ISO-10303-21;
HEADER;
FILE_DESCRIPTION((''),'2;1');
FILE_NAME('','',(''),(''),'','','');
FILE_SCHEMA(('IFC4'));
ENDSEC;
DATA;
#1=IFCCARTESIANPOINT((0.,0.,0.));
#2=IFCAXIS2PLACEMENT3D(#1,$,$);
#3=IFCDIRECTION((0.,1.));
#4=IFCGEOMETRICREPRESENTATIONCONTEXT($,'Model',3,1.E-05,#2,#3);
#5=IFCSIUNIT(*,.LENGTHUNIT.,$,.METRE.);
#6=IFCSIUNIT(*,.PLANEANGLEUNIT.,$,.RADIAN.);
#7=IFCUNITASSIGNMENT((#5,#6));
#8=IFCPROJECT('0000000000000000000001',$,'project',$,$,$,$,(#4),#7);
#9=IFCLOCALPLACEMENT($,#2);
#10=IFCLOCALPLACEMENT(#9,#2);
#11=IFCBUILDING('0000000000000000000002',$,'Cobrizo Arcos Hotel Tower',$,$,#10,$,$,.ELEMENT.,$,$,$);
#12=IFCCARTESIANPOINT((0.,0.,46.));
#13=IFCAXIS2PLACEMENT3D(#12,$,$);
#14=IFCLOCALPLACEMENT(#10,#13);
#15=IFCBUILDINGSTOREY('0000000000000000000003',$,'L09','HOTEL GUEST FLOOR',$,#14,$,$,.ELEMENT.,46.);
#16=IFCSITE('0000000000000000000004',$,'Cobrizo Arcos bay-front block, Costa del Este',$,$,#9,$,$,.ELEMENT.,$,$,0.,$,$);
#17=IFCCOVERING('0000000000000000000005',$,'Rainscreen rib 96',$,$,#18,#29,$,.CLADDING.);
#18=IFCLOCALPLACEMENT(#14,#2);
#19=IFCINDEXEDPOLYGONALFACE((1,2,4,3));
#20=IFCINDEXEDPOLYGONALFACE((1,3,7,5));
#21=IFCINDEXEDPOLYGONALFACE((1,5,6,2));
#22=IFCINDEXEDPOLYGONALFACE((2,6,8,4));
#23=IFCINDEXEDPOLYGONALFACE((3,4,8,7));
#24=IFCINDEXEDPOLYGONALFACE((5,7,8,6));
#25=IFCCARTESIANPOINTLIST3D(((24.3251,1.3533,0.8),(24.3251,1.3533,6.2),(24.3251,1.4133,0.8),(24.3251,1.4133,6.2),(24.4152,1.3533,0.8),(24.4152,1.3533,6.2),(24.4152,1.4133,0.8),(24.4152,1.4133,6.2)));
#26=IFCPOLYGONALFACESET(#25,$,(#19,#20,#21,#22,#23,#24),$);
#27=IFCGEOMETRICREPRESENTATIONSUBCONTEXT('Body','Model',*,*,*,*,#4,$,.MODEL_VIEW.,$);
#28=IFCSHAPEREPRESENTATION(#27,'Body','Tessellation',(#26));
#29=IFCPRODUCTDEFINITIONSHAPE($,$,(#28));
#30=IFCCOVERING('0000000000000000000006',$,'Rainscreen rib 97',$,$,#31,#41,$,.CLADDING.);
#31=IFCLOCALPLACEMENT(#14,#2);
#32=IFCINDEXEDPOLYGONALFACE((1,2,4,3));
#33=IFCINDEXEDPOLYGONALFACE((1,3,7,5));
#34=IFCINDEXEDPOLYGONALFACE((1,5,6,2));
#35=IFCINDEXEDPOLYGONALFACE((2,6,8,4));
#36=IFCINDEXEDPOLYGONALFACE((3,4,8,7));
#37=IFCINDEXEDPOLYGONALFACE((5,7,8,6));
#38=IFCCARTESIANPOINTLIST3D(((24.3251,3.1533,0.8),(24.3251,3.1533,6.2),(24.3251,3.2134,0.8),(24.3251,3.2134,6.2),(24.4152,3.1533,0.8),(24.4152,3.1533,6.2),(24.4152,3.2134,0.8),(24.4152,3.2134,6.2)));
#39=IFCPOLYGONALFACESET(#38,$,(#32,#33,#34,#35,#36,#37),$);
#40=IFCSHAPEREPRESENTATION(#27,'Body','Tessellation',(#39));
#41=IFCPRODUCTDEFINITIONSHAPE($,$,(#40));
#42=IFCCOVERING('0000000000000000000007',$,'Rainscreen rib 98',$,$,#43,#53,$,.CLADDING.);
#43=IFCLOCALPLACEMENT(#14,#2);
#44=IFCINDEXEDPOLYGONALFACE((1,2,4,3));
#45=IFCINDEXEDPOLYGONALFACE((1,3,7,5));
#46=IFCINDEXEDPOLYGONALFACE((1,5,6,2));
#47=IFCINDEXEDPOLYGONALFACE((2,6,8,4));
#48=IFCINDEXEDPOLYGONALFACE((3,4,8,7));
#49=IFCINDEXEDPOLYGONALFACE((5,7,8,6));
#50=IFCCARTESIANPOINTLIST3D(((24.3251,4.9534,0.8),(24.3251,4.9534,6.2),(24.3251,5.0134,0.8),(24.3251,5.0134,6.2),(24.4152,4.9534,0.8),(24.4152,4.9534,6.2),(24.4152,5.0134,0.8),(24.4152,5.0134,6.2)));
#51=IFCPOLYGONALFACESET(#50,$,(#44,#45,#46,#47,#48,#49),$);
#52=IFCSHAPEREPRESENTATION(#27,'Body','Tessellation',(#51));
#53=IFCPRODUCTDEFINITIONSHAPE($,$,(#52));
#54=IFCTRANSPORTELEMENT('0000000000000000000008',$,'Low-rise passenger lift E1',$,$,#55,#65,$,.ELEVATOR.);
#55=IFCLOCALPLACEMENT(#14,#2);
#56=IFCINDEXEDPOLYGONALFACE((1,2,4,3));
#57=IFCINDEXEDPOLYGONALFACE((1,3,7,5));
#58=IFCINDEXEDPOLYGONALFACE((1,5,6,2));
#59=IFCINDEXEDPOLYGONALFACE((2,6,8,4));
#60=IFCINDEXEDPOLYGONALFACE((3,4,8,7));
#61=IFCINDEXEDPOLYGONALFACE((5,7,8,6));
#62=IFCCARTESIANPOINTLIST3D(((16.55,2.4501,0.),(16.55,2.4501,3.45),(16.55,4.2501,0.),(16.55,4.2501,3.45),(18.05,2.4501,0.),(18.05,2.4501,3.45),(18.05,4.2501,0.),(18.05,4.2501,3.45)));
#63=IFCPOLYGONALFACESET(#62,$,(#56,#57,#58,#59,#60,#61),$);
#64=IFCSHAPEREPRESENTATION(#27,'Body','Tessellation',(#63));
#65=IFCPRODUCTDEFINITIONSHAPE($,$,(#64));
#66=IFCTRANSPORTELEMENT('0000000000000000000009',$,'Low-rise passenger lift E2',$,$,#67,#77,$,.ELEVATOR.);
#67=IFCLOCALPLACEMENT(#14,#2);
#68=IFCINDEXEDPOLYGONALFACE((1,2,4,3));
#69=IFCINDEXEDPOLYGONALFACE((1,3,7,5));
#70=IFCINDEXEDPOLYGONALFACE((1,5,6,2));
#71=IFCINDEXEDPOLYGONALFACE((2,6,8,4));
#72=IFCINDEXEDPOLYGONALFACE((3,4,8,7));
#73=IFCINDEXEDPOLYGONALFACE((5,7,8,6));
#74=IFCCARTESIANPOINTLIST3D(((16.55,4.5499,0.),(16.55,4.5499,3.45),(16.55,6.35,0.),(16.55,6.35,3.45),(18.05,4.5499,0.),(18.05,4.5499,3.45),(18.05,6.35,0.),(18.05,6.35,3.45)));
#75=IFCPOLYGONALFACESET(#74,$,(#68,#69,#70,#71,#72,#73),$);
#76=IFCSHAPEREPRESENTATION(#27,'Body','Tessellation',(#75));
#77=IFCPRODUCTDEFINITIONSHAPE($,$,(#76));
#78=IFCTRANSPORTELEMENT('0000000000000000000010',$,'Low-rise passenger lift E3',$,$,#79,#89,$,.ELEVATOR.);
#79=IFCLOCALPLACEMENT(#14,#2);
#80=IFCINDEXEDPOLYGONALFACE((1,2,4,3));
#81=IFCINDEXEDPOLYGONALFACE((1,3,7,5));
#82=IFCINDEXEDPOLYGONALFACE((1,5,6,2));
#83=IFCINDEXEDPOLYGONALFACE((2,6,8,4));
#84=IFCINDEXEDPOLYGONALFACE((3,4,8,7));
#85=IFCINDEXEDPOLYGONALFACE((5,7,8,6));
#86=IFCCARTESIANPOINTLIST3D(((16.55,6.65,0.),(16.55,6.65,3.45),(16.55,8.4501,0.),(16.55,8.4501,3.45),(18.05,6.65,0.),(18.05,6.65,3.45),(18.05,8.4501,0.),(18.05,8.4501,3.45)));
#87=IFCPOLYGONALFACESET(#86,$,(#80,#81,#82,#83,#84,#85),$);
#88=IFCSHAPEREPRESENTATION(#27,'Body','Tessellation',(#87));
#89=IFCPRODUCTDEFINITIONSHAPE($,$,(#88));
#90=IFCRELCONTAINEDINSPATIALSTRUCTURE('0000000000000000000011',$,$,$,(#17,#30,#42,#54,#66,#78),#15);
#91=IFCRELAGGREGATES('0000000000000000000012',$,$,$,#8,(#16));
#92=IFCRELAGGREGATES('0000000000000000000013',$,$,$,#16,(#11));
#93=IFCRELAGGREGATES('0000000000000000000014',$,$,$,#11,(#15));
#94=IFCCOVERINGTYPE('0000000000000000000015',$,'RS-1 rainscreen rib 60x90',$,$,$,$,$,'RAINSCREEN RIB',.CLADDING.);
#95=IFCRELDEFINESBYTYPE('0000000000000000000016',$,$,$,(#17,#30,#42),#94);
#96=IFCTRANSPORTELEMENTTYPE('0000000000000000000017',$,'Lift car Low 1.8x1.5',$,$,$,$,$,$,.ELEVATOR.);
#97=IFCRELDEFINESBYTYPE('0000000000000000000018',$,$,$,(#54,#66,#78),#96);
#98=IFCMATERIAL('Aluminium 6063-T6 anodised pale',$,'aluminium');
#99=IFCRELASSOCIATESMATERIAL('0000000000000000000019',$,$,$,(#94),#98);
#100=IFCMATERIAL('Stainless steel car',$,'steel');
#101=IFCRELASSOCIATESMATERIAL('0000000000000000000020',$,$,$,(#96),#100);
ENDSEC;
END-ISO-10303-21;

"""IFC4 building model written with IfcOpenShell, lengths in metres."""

from ifc_helpers import new_model, si_unit, direction, frame, origin, origin_2d, place, context, subcontext, project, spatial, rectangle, extrude, material, type_object, element, save


model = new_model("IFC4")

# Units and contexts
model_context = context("Model", 3, precision=1e-05, world=origin(), true_north=direction((0.0, 1.0)))
body_context = subcontext(model_context, "Body", "Model", "MODEL_VIEW")
ifc_project = project(units=[si_unit("LENGTHUNIT", "METRE"), si_unit("PLANEANGLEUNIT", "RADIAN")], contexts=[model_context])

# Site, building, storey
site_placement = place(None, origin())
site = spatial("IfcSite", under=ifc_project, at=site_placement, Name="Cobrizo Arcos bay-front block, Costa del Este", CompositionType="ELEMENT", RefElevation=0.0)
building_placement = place(site_placement, origin())
building = spatial("IfcBuilding", under=site, at=building_placement, Name="Cobrizo Arcos Hotel Tower", CompositionType="ELEMENT")
storey_placement = place(building_placement, frame((0.0, 0.0, 46.0)))
storey = spatial("IfcBuildingStorey", under=building, at=storey_placement, Name="L09", Description="HOTEL GUEST FLOOR", CompositionType="ELEMENT", Elevation=46.0)

# Coverings
ifc_material_1 = material(Name="Aluminium 6063-T6 anodised pale", Category="aluminium")
covering_type_1 = type_object("IfcCoveringType", Name="RS-1 rainscreen rib 60x90", ElementType="RAINSCREEN RIB", PredefinedType="CLADDING", material=ifc_material_1)
for number, where, z_axis, x_axis, name in (
    (1, (24.3701, 1.3833, 0.8), (0.0, 0.0, 1.0), (0.0, 1.0, 0.0), "Rainscreen rib 96"),
    (2, (24.3701, 3.1833, 0.8), (0.0, 0.0, 1.0), (0.0, 1.0, 0.0), "Rainscreen rib 97"),
    (3, (24.3701, 4.9834, 0.8), (0.0, 0.0, 1.0), (0.0, 1.0, 0.0), "Rainscreen rib 98"),
):
    element("IfcCovering", number, at=place(storey_placement, frame(where, z_axis=z_axis, x_axis=x_axis)), inside=storey, type_object=covering_type_1, Name=name, PredefinedType="CLADDING", context=body_context, shape_type="SweptSolid", body=[
        extrude(rectangle(XDim=0.0601, YDim=0.0901, at=origin_2d()), origin(), (0.0, 0.0, 1.0), 5.3999),
    ])

# Transport elements
ifc_material_2 = material(Name="Stainless steel car", Category="steel")
transport_element_type = type_object("IfcTransportElementType", Name="Lift car Low 1.8x1.5", PredefinedType="ELEVATOR", material=ifc_material_2)
for number, where, z_axis, x_axis, name in (
    (4, (17.3, 3.3501, 0.0), (0.0, 0.0, 1.0), (1.0, 0.0, 0.0), "Low-rise passenger lift E1"),
    (5, (17.3, 5.45, 0.0), (0.0, 0.0, 1.0), (1.0, 0.0, 0.0), "Low-rise passenger lift E2"),
    (6, (17.3, 7.55, 0.0), (0.0, 0.0, 1.0), (1.0, 0.0, 0.0), "Low-rise passenger lift E3"),
):
    element("IfcTransportElement", number, at=place(storey_placement, frame(where, z_axis=z_axis, x_axis=x_axis)), inside=storey, type_object=transport_element_type, Name=name, PredefinedType="ELEVATOR", context=body_context, shape_type="SweptSolid", body=[
        extrude(rectangle(XDim=1.5, YDim=1.8, at=origin_2d()), origin(), (0.0, 0.0, 1.0), 3.45),
    ])

save(model, "model.ifc")
